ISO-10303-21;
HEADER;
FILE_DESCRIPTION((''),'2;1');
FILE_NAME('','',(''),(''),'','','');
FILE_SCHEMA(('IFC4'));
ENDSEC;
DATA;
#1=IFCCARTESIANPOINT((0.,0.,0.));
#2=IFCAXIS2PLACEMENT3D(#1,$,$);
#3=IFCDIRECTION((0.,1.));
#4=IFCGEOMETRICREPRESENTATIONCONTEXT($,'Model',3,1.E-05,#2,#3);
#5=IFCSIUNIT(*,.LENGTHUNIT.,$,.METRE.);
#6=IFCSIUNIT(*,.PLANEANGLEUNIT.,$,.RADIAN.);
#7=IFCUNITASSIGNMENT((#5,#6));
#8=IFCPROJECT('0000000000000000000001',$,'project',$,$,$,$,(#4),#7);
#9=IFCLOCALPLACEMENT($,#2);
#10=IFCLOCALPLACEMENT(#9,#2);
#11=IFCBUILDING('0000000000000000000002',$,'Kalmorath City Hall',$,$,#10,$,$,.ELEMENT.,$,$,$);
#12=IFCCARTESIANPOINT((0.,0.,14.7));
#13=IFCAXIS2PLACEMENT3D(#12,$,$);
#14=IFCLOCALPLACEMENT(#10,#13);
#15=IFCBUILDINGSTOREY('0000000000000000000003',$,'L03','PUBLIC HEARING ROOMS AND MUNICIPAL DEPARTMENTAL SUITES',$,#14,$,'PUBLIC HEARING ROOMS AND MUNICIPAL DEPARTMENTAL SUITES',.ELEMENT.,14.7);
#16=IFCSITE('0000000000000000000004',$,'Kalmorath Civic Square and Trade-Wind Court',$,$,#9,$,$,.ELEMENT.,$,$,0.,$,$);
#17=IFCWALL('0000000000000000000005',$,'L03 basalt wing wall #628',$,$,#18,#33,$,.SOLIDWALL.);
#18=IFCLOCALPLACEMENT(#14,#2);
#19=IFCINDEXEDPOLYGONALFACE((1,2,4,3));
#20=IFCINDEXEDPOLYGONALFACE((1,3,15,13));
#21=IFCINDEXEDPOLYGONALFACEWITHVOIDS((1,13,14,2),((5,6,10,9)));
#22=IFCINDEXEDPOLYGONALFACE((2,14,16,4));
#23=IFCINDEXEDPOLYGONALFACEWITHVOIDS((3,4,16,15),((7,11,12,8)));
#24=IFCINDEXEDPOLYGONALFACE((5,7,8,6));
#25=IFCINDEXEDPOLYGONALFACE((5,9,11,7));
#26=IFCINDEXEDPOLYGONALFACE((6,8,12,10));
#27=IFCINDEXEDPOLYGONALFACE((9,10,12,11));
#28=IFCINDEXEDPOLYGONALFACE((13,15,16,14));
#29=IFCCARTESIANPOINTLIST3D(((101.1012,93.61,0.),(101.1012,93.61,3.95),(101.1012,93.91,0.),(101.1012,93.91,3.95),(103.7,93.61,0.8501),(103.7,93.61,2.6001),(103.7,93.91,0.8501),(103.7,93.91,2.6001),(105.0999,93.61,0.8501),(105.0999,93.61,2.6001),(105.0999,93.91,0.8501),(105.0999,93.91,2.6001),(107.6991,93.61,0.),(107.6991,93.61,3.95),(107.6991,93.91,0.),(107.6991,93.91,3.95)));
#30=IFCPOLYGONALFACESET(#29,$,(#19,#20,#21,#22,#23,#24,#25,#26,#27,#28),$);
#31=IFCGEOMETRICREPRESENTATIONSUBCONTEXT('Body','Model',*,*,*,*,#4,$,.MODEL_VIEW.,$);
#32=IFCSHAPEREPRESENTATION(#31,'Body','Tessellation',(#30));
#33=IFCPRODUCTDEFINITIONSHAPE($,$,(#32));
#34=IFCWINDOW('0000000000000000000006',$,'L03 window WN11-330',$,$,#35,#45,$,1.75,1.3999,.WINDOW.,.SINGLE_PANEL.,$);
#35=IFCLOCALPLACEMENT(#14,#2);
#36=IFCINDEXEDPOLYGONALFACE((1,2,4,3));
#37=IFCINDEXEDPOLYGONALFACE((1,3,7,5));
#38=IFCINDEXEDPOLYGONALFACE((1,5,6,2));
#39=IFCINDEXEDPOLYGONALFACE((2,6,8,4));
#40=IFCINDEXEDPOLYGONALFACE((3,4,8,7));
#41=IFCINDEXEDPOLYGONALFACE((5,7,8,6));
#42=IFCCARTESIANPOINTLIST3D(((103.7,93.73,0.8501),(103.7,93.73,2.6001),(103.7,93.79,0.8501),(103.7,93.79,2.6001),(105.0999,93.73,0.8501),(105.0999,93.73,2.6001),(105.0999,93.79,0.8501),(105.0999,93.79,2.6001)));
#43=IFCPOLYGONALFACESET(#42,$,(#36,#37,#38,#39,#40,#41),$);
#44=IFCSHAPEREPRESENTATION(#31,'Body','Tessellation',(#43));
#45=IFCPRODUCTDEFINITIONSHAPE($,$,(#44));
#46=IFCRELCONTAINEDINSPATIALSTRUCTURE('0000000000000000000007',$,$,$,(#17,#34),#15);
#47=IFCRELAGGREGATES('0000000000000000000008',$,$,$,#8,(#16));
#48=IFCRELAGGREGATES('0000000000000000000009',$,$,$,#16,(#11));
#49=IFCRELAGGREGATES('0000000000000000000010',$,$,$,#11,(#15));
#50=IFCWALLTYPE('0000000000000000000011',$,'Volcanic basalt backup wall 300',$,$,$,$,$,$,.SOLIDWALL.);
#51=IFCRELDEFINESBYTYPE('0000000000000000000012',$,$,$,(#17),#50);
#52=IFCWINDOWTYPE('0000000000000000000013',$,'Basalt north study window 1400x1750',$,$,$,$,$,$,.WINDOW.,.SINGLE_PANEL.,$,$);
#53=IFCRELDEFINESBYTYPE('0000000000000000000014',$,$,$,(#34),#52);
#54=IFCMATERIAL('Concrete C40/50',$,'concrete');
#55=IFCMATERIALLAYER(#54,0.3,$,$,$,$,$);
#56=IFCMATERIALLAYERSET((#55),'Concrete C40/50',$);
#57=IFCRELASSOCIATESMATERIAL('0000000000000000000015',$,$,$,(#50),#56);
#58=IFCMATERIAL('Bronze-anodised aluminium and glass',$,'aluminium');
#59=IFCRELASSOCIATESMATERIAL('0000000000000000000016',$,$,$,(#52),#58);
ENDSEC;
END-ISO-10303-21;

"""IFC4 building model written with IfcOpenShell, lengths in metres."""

from ifc_helpers import new_model, si_unit, direction, frame, frame_2d, origin, place, context, subcontext, project, spatial, rectangle, extrude, material, layer, layer_set, type_object, element, fill, save


model = new_model("IFC4")

# Units and contexts
model_context = context("Model", 3, precision=1e-05, world=origin(), true_north=direction((0.0, 1.0)))
body_context = subcontext(model_context, "Body", "Model", "MODEL_VIEW")
ifc_project = project(units=[si_unit("LENGTHUNIT", "METRE"), si_unit("PLANEANGLEUNIT", "RADIAN")], contexts=[model_context])

# Site, building, storey
site_placement = place(None, origin())
site = spatial("IfcSite", under=ifc_project, at=site_placement, Name="Kalmorath Civic Square and Trade-Wind Court", CompositionType="ELEMENT", RefElevation=0.0)
building_placement = place(site_placement, origin())
building = spatial("IfcBuilding", under=site, at=building_placement, Name="Kalmorath City Hall", CompositionType="ELEMENT")
storey_placement = place(building_placement, frame((0.0, 0.0, 14.7)))
storey = spatial("IfcBuildingStorey", under=building, at=storey_placement, Name="L03", Description="PUBLIC HEARING ROOMS AND MUNICIPAL DEPARTMENTAL SUITES", LongName="PUBLIC HEARING ROOMS AND MUNICIPAL DEPARTMENTAL SUITES", CompositionType="ELEMENT", Elevation=14.7)

# Wall, opening, window
ifc_material_1 = material(Name="Concrete C40/50", Category="concrete")
ifc_layer_1 = layer(ifc_material_1, 0.3)
ifc_layer_set_1 = layer_set([ifc_layer_1], Name="Concrete C40/50")
wall_type = type_object("IfcWallType", Name="Volcanic basalt backup wall 300", PredefinedType="SOLIDWALL", material=ifc_layer_set_1)
wall_placement = place(storey_placement, frame((107.699, 93.76, 0.0), z_axis=(0.0, 0.0, 1.0), x_axis=(-1.0, 0.0, 0.0)))
wall = element("IfcWall", 1, at=wall_placement, inside=storey, type_object=wall_type, Name="L03 basalt wing wall #628", PredefinedType="SOLIDWALL", context=body_context, shape_type="SweptSolid", body=[
    extrude(rectangle(XDim=6.5979, YDim=0.3, at=frame_2d((3.2988, 0.0))), origin(), (0.0, 0.0, 1.0), 3.95),
])
opening_placement = place(wall_placement, frame((2.5991, 0.0, 0.8501)))
opening = element("IfcOpeningElement", 2, at=opening_placement, cuts=wall, PredefinedType="OPENING", context=body_context, shape_type="SweptSolid", body=[
    extrude(rectangle(XDim=1.3999, YDim=1.75, at=frame_2d((0.7, 0.875))), frame((0.0, 0.1599, 0.0), z_axis=(0.0, -1.0, 0.0), x_axis=(1.0, 0.0, 0.0)), (0.0, 0.0, 1.0), 0.3201),
])
ifc_material_2 = material(Name="Bronze-anodised aluminium and glass", Category="aluminium")
window_type = type_object("IfcWindowType", Name="Basalt north study window 1400x1750", PartitioningType="SINGLE_PANEL", PredefinedType="WINDOW", material=ifc_material_2)
window_placement = place(opening_placement, origin())
window = element("IfcWindow", 3, at=window_placement, inside=storey, type_object=window_type, Name="L03 window WN11-330", OverallHeight=1.75, OverallWidth=1.3999, PartitioningType="SINGLE_PANEL", PredefinedType="WINDOW", context=body_context, shape_type="SweptSolid", body=[
    extrude(rectangle(XDim=1.3999, YDim=1.75, at=frame_2d((0.7, 0.875))), frame((0.0, 0.03, 0.0), z_axis=(0.0, -1.0, 0.0), x_axis=(1.0, 0.0, 0.0)), (0.0, 0.0, 1.0), 0.0601),
])
fill(opening, window)

save(model, "model.ifc")
